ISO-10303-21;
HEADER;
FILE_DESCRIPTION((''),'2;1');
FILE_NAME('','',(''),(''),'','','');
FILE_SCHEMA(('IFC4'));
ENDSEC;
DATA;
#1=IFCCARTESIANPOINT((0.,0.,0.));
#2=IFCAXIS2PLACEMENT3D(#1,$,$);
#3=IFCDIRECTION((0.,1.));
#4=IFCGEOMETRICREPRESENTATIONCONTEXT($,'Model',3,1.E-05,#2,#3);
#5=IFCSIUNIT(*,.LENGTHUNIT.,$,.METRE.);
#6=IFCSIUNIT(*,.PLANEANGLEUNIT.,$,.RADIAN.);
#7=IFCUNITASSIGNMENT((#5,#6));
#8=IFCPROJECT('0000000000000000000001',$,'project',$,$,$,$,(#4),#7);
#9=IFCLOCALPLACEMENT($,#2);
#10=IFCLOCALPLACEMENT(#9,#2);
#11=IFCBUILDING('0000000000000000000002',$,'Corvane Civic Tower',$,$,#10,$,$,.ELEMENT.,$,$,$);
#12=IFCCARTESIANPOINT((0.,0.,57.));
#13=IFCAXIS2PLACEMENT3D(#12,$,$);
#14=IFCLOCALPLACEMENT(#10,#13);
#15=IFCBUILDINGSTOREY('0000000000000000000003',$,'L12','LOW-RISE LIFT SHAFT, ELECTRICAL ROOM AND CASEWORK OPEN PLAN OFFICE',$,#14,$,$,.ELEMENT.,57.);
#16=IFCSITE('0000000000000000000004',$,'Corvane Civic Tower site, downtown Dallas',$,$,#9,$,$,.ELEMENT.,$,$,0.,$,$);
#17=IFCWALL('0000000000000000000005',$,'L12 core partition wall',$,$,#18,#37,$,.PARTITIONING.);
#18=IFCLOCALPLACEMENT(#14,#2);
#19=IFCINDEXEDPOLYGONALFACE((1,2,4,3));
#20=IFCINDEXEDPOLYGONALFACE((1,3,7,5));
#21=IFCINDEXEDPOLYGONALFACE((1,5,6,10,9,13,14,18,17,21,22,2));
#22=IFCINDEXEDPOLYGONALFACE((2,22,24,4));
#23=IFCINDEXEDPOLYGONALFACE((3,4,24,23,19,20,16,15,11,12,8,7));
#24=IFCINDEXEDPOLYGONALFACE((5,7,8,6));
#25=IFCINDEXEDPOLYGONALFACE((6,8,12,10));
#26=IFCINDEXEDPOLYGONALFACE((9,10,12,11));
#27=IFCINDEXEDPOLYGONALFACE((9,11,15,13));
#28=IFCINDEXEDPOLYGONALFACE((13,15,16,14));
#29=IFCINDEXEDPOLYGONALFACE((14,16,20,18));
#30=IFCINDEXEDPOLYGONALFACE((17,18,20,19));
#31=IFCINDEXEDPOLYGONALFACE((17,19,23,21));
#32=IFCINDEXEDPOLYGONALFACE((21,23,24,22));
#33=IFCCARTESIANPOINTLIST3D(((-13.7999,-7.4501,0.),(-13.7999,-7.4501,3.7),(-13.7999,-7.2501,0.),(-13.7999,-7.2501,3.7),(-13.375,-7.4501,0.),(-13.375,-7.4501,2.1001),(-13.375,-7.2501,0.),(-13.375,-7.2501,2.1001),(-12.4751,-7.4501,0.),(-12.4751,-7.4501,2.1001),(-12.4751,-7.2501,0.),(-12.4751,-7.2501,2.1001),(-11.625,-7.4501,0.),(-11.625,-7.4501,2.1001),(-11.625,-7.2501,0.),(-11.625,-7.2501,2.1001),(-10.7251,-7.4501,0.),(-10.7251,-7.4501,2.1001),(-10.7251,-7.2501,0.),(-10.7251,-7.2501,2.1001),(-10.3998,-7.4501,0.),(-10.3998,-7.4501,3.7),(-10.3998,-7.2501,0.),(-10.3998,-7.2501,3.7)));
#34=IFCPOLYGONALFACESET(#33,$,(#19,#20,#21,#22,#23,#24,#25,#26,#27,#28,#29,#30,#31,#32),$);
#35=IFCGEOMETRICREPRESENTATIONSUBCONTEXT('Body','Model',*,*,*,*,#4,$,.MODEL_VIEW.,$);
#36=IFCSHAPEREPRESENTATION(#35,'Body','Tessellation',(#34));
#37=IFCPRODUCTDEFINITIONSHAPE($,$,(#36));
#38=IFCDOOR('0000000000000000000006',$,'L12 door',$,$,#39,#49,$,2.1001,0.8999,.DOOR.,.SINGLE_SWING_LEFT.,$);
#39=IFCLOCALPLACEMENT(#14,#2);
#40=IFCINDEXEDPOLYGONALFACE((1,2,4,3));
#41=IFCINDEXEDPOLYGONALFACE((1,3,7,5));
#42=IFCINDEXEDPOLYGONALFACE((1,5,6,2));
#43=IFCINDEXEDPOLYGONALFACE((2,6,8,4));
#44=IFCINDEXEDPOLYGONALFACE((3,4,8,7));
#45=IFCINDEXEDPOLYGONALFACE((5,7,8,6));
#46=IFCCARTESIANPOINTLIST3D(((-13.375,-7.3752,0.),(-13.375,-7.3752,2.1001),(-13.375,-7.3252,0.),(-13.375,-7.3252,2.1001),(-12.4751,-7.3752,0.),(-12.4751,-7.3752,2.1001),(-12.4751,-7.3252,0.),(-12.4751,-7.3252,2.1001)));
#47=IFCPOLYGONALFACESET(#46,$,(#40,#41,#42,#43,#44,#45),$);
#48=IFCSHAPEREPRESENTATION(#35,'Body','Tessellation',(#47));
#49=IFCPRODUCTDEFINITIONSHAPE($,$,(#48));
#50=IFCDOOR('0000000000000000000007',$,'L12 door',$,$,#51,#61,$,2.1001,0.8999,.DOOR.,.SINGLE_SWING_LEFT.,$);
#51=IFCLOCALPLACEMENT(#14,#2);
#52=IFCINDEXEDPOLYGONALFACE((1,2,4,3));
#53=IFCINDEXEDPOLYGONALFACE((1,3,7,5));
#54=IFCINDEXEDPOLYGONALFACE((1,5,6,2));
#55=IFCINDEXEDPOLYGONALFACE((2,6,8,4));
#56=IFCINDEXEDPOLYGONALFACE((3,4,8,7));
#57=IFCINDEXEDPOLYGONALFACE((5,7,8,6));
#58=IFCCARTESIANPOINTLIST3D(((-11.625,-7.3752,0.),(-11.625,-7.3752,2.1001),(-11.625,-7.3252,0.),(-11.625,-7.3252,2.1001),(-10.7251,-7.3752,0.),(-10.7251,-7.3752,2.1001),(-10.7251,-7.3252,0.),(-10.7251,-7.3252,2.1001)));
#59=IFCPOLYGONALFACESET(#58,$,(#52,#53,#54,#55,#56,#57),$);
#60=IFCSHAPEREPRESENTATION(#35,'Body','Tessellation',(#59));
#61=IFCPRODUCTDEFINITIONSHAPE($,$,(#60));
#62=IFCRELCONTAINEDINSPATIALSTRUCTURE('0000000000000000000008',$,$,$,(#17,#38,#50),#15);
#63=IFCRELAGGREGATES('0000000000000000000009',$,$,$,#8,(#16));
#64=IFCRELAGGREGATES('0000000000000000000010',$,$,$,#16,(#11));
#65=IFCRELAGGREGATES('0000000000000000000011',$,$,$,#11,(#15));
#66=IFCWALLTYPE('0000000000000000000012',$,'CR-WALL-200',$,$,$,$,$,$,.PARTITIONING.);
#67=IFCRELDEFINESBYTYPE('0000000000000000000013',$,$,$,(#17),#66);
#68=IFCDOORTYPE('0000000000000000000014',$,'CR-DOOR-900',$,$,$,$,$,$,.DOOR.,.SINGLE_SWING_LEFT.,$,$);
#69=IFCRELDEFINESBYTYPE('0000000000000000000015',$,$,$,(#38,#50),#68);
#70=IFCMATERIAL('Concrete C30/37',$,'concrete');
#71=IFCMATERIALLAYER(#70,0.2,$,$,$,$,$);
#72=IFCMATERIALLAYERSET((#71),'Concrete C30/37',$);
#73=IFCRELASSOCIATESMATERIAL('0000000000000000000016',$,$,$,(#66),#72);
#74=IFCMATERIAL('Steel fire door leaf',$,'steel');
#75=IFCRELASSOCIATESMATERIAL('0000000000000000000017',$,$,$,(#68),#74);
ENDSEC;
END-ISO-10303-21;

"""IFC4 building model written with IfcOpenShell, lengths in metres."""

from ifc_helpers import new_model, si_unit, direction, frame, frame_2d, origin, place, context, subcontext, project, spatial, rectangle, extrude, material, layer, layer_set, type_object, element, fill, save


model = new_model("IFC4")

# Units and contexts
model_context = context("Model", 3, precision=1e-05, world=origin(), true_north=direction((0.0, 1.0)))
body_context = subcontext(model_context, "Body", "Model", "MODEL_VIEW")
ifc_project = project(units=[si_unit("LENGTHUNIT", "METRE"), si_unit("PLANEANGLEUNIT", "RADIAN")], contexts=[model_context])

# Site, building, storey
site_placement = place(None, origin())
site = spatial("IfcSite", under=ifc_project, at=site_placement, Name="Corvane Civic Tower site, downtown Dallas", CompositionType="ELEMENT", RefElevation=0.0)
building_placement = place(site_placement, origin())
building = spatial("IfcBuilding", under=site, at=building_placement, Name="Corvane Civic Tower", CompositionType="ELEMENT")
storey_placement = place(building_placement, frame((0.0, 0.0, 57.0)))
storey = spatial("IfcBuildingStorey", under=building, at=storey_placement, Name="L12", Description="LOW-RISE LIFT SHAFT, ELECTRICAL ROOM AND CASEWORK OPEN PLAN OFFICE", CompositionType="ELEMENT", Elevation=57.0)

# Wall, openings, doors
ifc_material_1 = material(Name="Concrete C30/37", Category="concrete")
ifc_layer_1 = layer(ifc_material_1, 0.2)
ifc_layer_set_1 = layer_set([ifc_layer_1], Name="Concrete C30/37")
wall_type_1 = type_object("IfcWallType", Name="CR-WALL-200", PredefinedType="PARTITIONING", material=ifc_layer_set_1)
wall_1_placement = place(storey_placement, frame((-13.8, -7.3501, 0.0), z_axis=(0.0, 0.0, 1.0), x_axis=(1.0, 0.0, 0.0)))
wall_1 = element("IfcWall", 1, at=wall_1_placement, inside=storey, type_object=wall_type_1, Name="L12 core partition wall", PredefinedType="PARTITIONING", context=body_context, shape_type="SweptSolid", body=[
    extrude(rectangle(XDim=3.4001, YDim=0.2, at=frame_2d((1.7002, 0.0))), origin(), (0.0, 0.0, 1.0), 3.7),
])
opening_1_placement = place(wall_1_placement, frame((0.425, 0.0, 0.0)))
opening_1 = element("IfcOpeningElement", 2, at=opening_1_placement, cuts=wall_1, PredefinedType="OPENING", context=body_context, shape_type="SweptSolid", body=[
    extrude(rectangle(XDim=0.8999, YDim=2.1001, at=frame_2d((0.45, 1.05))), frame((0.0, 0.1099, 0.0), z_axis=(0.0, -1.0, 0.0), x_axis=(1.0, 0.0, 0.0)), (0.0, 0.0, 1.0), 0.22),
])
opening_2_placement = place(wall_1_placement, frame((2.175, 0.0, 0.0)))
opening_2 = element("IfcOpeningElement", 3, at=opening_2_placement, cuts=wall_1, PredefinedType="OPENING", context=body_context, shape_type="SweptSolid", body=[
    extrude(rectangle(XDim=0.8999, YDim=2.1001, at=frame_2d((0.45, 1.05))), frame((0.0, 0.1099, 0.0), z_axis=(0.0, -1.0, 0.0), x_axis=(1.0, 0.0, 0.0)), (0.0, 0.0, 1.0), 0.22),
])
ifc_material_2 = material(Name="Steel fire door leaf", Category="steel")
door_type_1 = type_object("IfcDoorType", Name="CR-DOOR-900", OperationType="SINGLE_SWING_LEFT", PredefinedType="DOOR", material=ifc_material_2)
door_1_placement = place(opening_1_placement, origin())
door_1 = element("IfcDoor", 4, at=door_1_placement, inside=storey, type_object=door_type_1, Name="L12 door", OperationType="SINGLE_SWING_LEFT", OverallHeight=2.1001, OverallWidth=0.8999, PredefinedType="DOOR", context=body_context, shape_type="SweptSolid", body=[
    extrude(rectangle(XDim=0.8999, YDim=2.1001, at=frame_2d((0.45, 1.05))), frame((0.0, 0.0249, 0.0), z_axis=(0.0, -1.0, 0.0), x_axis=(1.0, 0.0, 0.0)), (0.0, 0.0, 1.0), 0.05),
])
fill(opening_1, door_1)
door_2_placement = place(opening_2_placement, origin())
door_2 = element("IfcDoor", 5, at=door_2_placement, inside=storey, type_object=door_type_1, Name="L12 door", OperationType="SINGLE_SWING_LEFT", OverallHeight=2.1001, OverallWidth=0.8999, PredefinedType="DOOR", context=body_context, shape_type="SweptSolid", body=[
    extrude(rectangle(XDim=0.8999, YDim=2.1001, at=frame_2d((0.45, 1.05))), frame((0.0, 0.0249, 0.0), z_axis=(0.0, -1.0, 0.0), x_axis=(1.0, 0.0, 0.0)), (0.0, 0.0, 1.0), 0.05),
])
fill(opening_2, door_2)

save(model, "model.ifc")
